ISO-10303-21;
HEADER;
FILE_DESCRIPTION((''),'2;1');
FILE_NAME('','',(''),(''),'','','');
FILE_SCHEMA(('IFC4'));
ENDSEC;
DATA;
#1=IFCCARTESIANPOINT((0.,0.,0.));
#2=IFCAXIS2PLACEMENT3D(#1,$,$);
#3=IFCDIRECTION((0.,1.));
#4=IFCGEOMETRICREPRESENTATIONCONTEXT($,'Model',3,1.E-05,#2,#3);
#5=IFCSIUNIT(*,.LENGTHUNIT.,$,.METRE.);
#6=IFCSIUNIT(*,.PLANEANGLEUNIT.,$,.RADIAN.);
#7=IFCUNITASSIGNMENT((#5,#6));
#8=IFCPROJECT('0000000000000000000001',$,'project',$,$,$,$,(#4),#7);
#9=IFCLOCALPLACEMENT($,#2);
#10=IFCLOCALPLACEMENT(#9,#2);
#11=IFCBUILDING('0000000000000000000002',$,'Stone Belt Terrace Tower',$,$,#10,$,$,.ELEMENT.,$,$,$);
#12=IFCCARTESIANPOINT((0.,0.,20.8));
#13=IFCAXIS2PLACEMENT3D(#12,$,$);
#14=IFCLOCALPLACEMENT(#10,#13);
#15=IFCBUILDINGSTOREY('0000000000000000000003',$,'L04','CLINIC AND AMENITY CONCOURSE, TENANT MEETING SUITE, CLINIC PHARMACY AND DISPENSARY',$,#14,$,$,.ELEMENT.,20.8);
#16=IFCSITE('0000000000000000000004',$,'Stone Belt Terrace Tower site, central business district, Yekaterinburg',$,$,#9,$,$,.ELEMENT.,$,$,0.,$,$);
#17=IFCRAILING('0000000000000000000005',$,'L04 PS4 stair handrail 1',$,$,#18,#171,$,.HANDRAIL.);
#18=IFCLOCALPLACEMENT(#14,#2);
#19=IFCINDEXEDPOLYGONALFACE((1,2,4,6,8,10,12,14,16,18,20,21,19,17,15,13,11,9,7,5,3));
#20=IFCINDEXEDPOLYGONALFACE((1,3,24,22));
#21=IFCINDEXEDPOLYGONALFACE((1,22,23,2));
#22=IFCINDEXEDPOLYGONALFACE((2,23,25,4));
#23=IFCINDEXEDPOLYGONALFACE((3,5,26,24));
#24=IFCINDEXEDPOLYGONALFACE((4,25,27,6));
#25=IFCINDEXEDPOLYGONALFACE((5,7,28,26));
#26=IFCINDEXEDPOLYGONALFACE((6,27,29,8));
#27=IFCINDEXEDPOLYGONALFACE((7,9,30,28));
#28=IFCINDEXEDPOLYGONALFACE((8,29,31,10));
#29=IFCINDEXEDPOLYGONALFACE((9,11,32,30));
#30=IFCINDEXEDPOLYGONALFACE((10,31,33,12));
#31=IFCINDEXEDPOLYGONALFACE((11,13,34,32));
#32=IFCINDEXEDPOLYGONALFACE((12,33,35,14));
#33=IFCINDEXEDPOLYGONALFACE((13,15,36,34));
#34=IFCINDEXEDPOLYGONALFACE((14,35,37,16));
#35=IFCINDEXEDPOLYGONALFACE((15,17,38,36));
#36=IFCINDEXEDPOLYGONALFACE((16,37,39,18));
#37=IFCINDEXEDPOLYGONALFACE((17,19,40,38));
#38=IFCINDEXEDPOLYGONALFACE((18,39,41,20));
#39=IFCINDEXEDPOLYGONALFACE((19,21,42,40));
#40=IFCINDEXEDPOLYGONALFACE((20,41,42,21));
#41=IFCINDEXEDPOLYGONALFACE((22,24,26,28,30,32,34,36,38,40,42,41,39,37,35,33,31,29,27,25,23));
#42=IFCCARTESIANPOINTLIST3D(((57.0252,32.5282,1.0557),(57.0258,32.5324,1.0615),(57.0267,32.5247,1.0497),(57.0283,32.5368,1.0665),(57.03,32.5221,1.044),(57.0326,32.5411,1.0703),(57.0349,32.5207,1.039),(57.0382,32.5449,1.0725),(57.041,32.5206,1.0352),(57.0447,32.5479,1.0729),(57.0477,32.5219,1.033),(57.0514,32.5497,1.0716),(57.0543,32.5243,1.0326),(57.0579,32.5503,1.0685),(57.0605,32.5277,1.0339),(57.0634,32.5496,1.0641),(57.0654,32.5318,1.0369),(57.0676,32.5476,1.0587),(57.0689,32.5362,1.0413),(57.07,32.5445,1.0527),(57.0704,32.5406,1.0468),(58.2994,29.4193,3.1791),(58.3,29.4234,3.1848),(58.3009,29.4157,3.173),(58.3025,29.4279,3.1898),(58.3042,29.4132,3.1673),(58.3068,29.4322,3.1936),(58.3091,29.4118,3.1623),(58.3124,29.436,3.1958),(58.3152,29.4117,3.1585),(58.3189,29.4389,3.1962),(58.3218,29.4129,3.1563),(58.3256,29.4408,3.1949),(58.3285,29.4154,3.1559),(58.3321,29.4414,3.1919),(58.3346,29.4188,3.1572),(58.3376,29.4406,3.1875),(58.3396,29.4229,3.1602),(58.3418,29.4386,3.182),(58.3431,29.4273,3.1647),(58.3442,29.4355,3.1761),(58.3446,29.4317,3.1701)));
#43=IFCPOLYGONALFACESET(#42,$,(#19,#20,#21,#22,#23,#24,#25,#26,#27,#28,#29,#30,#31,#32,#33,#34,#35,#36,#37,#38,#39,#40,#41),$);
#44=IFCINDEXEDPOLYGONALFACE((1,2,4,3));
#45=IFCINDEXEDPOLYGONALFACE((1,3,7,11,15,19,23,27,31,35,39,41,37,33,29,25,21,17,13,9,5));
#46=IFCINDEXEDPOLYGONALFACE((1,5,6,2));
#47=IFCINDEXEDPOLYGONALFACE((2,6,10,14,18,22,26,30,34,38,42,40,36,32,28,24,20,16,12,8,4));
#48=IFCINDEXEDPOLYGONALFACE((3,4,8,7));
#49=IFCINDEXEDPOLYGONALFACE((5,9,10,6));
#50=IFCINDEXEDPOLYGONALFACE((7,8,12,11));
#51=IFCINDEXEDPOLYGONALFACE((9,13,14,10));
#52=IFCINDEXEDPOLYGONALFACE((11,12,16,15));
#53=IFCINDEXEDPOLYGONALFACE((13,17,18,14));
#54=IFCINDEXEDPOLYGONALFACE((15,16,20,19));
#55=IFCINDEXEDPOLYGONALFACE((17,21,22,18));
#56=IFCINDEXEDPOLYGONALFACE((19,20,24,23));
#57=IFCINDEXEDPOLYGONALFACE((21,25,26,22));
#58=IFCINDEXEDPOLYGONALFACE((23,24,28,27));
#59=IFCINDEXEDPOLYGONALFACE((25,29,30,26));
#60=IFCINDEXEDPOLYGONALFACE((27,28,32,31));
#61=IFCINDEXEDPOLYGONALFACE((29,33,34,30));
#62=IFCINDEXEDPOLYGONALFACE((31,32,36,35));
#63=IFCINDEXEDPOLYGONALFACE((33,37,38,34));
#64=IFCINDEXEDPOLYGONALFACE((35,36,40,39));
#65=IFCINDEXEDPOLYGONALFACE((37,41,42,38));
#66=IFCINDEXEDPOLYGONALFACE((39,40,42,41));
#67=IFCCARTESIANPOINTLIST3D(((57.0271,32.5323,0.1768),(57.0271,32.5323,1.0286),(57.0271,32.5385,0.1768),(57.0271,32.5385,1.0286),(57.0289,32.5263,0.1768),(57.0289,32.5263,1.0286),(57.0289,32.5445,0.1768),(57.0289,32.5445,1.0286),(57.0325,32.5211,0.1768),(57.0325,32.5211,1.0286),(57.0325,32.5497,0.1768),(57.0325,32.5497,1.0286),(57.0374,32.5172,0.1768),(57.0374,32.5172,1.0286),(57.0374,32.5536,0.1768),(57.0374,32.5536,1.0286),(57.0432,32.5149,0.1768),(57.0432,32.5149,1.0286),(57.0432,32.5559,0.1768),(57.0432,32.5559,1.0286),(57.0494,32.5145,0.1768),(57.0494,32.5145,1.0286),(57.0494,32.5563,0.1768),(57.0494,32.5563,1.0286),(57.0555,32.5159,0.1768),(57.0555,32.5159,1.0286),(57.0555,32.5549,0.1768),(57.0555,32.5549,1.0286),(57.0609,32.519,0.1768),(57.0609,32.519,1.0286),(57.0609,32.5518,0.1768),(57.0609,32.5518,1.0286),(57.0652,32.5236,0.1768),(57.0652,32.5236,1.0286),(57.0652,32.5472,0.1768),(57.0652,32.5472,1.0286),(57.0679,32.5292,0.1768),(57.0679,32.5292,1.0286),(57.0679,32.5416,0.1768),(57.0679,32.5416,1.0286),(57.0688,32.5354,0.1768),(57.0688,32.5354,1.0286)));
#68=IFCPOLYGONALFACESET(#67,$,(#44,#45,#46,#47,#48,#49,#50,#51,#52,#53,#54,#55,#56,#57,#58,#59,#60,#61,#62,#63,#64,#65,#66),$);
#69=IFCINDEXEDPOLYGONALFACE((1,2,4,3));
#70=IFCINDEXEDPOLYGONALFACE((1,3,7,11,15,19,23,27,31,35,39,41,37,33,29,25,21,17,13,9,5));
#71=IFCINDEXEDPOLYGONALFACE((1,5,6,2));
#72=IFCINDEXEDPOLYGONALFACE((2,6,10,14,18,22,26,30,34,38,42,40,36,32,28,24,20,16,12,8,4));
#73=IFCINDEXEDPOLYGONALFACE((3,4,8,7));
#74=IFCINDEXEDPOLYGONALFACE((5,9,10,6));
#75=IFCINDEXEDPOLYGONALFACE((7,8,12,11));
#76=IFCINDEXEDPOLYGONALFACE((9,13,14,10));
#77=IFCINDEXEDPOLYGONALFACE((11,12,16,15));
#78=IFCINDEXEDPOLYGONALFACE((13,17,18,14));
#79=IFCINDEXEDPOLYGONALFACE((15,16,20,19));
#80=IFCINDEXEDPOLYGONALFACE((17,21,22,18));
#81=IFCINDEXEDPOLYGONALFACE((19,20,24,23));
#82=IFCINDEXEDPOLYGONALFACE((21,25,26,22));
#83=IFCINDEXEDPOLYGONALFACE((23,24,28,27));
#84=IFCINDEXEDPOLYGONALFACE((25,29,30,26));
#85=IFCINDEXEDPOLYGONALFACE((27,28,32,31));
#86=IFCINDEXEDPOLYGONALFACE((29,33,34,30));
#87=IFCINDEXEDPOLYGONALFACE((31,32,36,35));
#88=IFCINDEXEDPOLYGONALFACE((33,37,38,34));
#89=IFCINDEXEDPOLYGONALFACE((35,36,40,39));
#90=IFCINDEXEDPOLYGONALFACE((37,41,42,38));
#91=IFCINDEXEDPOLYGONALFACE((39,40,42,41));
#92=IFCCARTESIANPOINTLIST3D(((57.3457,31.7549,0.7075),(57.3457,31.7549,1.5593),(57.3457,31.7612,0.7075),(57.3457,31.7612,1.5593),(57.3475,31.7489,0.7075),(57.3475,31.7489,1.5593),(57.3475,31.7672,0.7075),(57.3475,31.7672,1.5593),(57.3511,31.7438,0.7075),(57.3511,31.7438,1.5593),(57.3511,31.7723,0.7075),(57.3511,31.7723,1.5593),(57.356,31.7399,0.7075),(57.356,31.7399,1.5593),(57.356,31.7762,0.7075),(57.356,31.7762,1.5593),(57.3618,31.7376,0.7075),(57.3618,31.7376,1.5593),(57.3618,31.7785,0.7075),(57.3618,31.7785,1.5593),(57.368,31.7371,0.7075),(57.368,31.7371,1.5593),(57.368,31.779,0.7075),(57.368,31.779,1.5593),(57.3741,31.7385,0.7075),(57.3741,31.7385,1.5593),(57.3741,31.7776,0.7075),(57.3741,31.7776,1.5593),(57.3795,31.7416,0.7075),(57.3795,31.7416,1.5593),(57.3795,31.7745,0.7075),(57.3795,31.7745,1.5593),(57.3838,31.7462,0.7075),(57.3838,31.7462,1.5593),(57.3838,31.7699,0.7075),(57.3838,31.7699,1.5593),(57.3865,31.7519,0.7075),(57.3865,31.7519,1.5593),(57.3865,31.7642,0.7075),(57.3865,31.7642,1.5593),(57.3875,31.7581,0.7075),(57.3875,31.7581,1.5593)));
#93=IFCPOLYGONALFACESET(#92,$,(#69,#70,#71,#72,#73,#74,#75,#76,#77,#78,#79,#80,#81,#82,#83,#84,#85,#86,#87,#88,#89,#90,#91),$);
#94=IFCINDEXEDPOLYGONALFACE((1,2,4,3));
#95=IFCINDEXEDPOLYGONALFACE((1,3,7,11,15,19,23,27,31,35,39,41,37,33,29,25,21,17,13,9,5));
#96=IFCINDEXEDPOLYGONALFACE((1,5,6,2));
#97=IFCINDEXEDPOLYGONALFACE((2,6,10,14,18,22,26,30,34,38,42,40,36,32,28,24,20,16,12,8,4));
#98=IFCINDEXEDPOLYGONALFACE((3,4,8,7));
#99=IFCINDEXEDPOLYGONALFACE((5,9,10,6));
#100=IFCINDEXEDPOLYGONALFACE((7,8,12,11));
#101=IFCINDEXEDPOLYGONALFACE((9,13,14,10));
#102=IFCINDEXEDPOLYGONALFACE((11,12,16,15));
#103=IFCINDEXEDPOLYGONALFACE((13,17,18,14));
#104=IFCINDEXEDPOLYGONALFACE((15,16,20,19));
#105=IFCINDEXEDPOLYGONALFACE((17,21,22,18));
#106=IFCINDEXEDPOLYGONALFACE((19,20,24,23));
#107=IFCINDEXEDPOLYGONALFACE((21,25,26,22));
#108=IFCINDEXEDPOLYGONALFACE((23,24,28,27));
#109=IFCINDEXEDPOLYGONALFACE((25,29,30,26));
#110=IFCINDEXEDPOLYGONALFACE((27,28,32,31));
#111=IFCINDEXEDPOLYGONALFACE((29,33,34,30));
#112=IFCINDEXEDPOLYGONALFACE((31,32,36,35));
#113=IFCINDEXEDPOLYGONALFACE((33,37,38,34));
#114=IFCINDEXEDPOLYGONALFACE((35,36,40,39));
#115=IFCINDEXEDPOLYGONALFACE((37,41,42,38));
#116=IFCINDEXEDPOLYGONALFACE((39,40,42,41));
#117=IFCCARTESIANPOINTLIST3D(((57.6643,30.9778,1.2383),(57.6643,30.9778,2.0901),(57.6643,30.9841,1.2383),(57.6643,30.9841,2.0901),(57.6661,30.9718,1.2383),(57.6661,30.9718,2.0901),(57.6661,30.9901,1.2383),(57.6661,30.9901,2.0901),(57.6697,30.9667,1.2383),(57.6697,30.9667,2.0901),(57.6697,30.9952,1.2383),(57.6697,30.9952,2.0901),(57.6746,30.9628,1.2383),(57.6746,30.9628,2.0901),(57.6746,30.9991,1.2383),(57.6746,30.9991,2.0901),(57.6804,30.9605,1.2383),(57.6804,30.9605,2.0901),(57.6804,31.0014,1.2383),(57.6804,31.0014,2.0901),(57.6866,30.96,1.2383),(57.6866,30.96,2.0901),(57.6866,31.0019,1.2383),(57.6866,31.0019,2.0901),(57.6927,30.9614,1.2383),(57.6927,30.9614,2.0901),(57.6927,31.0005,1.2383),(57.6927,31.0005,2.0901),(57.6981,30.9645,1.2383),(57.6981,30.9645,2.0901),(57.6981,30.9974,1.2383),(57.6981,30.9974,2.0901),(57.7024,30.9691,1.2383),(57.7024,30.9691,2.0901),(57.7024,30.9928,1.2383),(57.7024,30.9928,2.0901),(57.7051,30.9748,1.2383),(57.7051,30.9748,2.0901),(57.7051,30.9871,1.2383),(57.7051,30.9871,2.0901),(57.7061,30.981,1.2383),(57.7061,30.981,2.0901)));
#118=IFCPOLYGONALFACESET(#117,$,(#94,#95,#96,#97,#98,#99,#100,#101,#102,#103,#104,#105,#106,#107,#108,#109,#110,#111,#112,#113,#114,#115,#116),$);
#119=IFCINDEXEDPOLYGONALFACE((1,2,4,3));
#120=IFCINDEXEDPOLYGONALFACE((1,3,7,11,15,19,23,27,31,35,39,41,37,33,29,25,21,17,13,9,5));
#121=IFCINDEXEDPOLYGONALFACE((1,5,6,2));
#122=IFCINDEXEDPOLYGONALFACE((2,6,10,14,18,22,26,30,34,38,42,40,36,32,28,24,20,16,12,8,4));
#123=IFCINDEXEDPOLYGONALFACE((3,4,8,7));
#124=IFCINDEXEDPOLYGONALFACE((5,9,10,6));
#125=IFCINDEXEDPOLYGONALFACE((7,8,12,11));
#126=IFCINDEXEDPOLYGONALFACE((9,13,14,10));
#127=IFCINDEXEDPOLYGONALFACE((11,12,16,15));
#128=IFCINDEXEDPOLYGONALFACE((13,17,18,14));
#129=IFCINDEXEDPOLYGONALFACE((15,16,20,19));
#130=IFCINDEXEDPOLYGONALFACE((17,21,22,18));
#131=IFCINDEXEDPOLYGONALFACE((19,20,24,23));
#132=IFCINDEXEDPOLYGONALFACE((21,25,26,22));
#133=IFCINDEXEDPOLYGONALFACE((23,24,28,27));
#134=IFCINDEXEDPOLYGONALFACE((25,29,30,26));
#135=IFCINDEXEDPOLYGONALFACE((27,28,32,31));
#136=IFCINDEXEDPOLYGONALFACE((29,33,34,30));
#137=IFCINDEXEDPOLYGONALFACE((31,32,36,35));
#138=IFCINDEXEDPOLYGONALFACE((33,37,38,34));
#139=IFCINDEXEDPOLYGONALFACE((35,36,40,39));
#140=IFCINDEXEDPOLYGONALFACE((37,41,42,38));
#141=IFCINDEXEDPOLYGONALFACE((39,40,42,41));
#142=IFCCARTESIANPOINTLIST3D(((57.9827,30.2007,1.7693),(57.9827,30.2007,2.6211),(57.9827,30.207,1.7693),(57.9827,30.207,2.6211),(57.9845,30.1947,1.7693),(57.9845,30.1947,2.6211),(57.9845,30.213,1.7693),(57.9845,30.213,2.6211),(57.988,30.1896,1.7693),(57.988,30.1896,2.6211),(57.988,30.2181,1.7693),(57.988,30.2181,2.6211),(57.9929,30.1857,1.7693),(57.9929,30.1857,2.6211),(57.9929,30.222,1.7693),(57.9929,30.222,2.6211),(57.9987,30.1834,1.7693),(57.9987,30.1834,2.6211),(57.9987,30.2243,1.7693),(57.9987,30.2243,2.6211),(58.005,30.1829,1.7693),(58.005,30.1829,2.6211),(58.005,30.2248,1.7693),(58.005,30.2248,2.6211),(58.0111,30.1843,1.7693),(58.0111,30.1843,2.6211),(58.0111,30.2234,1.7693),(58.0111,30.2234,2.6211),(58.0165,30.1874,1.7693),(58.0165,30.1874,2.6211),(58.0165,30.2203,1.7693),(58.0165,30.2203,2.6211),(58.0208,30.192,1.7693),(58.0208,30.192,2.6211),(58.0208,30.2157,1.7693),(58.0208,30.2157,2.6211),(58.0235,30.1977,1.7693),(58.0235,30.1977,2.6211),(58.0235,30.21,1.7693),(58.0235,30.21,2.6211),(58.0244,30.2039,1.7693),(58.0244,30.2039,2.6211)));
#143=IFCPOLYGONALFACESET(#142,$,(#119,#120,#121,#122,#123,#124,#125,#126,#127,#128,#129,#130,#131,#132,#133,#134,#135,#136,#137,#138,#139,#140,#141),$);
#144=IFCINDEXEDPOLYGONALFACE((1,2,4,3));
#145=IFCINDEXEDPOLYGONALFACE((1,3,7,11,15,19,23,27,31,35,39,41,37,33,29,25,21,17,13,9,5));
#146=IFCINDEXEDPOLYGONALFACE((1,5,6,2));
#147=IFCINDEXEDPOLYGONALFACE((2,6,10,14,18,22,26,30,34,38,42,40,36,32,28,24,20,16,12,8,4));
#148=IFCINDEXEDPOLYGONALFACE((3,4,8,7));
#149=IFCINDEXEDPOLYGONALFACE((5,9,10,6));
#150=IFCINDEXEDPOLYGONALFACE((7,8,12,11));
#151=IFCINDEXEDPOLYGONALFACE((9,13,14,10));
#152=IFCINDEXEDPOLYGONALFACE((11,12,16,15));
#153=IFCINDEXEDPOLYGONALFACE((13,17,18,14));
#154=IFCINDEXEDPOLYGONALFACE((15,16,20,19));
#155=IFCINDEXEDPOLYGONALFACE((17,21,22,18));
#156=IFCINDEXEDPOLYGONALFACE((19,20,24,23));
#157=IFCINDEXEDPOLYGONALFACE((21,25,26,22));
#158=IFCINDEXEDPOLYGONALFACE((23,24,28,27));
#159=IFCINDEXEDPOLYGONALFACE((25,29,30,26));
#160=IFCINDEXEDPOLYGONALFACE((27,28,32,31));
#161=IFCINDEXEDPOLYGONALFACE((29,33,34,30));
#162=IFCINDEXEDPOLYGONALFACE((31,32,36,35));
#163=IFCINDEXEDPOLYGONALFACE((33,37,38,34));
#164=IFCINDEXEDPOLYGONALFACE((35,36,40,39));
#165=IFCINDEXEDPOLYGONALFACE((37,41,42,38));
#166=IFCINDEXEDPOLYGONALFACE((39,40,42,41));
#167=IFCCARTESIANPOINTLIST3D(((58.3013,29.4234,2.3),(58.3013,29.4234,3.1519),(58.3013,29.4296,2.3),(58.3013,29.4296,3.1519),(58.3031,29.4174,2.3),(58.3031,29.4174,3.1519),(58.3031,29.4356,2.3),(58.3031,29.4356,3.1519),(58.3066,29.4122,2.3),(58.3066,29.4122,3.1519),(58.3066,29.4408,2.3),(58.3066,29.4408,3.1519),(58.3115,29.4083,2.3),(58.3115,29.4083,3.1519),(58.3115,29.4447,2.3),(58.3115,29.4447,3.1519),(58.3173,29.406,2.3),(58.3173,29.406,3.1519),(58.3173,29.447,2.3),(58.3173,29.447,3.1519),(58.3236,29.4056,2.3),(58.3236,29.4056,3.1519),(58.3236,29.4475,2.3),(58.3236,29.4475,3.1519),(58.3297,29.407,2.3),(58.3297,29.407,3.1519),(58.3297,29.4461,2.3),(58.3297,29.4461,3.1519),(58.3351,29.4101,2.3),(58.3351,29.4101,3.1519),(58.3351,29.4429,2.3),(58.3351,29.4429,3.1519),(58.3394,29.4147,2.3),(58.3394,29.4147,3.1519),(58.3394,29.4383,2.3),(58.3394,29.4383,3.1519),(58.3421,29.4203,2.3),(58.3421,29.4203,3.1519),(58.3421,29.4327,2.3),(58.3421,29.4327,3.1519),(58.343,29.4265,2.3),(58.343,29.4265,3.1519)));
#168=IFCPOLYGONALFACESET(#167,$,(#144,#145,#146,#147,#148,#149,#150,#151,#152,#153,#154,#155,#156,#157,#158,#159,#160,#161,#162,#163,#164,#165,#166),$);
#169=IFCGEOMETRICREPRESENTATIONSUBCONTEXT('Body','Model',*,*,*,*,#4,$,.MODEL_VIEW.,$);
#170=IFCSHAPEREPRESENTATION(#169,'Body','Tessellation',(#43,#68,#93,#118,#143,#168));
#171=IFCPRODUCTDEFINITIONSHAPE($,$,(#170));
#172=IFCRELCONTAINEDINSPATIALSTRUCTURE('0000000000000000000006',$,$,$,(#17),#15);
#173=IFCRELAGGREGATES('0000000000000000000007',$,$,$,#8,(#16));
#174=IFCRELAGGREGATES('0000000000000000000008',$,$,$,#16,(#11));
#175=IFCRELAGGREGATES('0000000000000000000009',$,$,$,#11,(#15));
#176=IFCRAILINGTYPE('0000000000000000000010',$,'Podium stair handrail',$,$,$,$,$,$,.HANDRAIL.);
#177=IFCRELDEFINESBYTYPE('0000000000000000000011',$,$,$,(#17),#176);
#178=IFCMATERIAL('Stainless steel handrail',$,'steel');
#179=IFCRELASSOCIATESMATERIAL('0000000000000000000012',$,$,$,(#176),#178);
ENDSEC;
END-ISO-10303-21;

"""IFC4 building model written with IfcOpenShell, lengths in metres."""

from ifc_helpers import new_model, si_unit, direction, frame, origin, origin_2d, place, context, subcontext, project, spatial, circle, extrude, material, type_object, element, save


model = new_model("IFC4")

# Units and contexts
model_context = context("Model", 3, precision=1e-05, world=origin(), true_north=direction((0.0, 1.0)))
body_context = subcontext(model_context, "Body", "Model", "MODEL_VIEW")
ifc_project = project(units=[si_unit("LENGTHUNIT", "METRE"), si_unit("PLANEANGLEUNIT", "RADIAN")], contexts=[model_context])

# Site, building, storey
site_placement = place(None, origin())
site = spatial("IfcSite", under=ifc_project, at=site_placement, Name="Stone Belt Terrace Tower site, central business district, Yekaterinburg", CompositionType="ELEMENT", RefElevation=0.0)
building_placement = place(site_placement, origin())
building = spatial("IfcBuilding", under=site, at=building_placement, Name="Stone Belt Terrace Tower", CompositionType="ELEMENT")
storey_placement = place(building_placement, frame((0.0, 0.0, 20.8)))
storey = spatial("IfcBuildingStorey", under=building, at=storey_placement, Name="L04", Description="CLINIC AND AMENITY CONCOURSE, TENANT MEETING SUITE, CLINIC PHARMACY AND DISPENSARY", CompositionType="ELEMENT", Elevation=20.8)

# Railing
ifc_material_1 = material(Name="Stainless steel handrail", Category="steel")
railing_type_1 = type_object("IfcRailingType", Name="Podium stair handrail", PredefinedType="HANDRAIL", material=ifc_material_1)
railing_1_placement = place(storey_placement, frame((57.0479, 32.5354, 0.1768)))
element("IfcRailing", 1, at=railing_1_placement, inside=storey, type_object=railing_type_1, Name="L04 PS4 stair handrail 1", PredefinedType="HANDRAIL", context=body_context, shape_type="SweptSolid", body=[
    extrude(circle(Radius=0.0239, at=origin_2d()), frame((0.0, 0.0, 0.876), z_axis=(0.320582, -0.782198, 0.534222), x_axis=(0.925301, 0.379233, 0.0)), (0.0, 0.0, 1.0), 3.9746),
    extrude(circle(Radius=0.021, at=origin_2d()), origin(), (0.0, 0.0, 1.0), 0.8518),
    extrude(circle(Radius=0.021, at=origin_2d()), frame((0.3186, -0.7773, 0.5308)), (0.0, 0.0, 1.0), 0.8518),
    extrude(circle(Radius=0.021, at=origin_2d()), frame((0.6372, -1.5544, 1.0615)), (0.0, 0.0, 1.0), 0.8518),
    extrude(circle(Radius=0.021, at=origin_2d()), frame((0.9556, -2.3315, 1.5925)), (0.0, 0.0, 1.0), 0.8518),
    extrude(circle(Radius=0.021, at=origin_2d()), frame((1.2742, -3.1089, 2.1233)), (0.0, 0.0, 1.0), 0.8518),
])

save(model, "model.ifc")
